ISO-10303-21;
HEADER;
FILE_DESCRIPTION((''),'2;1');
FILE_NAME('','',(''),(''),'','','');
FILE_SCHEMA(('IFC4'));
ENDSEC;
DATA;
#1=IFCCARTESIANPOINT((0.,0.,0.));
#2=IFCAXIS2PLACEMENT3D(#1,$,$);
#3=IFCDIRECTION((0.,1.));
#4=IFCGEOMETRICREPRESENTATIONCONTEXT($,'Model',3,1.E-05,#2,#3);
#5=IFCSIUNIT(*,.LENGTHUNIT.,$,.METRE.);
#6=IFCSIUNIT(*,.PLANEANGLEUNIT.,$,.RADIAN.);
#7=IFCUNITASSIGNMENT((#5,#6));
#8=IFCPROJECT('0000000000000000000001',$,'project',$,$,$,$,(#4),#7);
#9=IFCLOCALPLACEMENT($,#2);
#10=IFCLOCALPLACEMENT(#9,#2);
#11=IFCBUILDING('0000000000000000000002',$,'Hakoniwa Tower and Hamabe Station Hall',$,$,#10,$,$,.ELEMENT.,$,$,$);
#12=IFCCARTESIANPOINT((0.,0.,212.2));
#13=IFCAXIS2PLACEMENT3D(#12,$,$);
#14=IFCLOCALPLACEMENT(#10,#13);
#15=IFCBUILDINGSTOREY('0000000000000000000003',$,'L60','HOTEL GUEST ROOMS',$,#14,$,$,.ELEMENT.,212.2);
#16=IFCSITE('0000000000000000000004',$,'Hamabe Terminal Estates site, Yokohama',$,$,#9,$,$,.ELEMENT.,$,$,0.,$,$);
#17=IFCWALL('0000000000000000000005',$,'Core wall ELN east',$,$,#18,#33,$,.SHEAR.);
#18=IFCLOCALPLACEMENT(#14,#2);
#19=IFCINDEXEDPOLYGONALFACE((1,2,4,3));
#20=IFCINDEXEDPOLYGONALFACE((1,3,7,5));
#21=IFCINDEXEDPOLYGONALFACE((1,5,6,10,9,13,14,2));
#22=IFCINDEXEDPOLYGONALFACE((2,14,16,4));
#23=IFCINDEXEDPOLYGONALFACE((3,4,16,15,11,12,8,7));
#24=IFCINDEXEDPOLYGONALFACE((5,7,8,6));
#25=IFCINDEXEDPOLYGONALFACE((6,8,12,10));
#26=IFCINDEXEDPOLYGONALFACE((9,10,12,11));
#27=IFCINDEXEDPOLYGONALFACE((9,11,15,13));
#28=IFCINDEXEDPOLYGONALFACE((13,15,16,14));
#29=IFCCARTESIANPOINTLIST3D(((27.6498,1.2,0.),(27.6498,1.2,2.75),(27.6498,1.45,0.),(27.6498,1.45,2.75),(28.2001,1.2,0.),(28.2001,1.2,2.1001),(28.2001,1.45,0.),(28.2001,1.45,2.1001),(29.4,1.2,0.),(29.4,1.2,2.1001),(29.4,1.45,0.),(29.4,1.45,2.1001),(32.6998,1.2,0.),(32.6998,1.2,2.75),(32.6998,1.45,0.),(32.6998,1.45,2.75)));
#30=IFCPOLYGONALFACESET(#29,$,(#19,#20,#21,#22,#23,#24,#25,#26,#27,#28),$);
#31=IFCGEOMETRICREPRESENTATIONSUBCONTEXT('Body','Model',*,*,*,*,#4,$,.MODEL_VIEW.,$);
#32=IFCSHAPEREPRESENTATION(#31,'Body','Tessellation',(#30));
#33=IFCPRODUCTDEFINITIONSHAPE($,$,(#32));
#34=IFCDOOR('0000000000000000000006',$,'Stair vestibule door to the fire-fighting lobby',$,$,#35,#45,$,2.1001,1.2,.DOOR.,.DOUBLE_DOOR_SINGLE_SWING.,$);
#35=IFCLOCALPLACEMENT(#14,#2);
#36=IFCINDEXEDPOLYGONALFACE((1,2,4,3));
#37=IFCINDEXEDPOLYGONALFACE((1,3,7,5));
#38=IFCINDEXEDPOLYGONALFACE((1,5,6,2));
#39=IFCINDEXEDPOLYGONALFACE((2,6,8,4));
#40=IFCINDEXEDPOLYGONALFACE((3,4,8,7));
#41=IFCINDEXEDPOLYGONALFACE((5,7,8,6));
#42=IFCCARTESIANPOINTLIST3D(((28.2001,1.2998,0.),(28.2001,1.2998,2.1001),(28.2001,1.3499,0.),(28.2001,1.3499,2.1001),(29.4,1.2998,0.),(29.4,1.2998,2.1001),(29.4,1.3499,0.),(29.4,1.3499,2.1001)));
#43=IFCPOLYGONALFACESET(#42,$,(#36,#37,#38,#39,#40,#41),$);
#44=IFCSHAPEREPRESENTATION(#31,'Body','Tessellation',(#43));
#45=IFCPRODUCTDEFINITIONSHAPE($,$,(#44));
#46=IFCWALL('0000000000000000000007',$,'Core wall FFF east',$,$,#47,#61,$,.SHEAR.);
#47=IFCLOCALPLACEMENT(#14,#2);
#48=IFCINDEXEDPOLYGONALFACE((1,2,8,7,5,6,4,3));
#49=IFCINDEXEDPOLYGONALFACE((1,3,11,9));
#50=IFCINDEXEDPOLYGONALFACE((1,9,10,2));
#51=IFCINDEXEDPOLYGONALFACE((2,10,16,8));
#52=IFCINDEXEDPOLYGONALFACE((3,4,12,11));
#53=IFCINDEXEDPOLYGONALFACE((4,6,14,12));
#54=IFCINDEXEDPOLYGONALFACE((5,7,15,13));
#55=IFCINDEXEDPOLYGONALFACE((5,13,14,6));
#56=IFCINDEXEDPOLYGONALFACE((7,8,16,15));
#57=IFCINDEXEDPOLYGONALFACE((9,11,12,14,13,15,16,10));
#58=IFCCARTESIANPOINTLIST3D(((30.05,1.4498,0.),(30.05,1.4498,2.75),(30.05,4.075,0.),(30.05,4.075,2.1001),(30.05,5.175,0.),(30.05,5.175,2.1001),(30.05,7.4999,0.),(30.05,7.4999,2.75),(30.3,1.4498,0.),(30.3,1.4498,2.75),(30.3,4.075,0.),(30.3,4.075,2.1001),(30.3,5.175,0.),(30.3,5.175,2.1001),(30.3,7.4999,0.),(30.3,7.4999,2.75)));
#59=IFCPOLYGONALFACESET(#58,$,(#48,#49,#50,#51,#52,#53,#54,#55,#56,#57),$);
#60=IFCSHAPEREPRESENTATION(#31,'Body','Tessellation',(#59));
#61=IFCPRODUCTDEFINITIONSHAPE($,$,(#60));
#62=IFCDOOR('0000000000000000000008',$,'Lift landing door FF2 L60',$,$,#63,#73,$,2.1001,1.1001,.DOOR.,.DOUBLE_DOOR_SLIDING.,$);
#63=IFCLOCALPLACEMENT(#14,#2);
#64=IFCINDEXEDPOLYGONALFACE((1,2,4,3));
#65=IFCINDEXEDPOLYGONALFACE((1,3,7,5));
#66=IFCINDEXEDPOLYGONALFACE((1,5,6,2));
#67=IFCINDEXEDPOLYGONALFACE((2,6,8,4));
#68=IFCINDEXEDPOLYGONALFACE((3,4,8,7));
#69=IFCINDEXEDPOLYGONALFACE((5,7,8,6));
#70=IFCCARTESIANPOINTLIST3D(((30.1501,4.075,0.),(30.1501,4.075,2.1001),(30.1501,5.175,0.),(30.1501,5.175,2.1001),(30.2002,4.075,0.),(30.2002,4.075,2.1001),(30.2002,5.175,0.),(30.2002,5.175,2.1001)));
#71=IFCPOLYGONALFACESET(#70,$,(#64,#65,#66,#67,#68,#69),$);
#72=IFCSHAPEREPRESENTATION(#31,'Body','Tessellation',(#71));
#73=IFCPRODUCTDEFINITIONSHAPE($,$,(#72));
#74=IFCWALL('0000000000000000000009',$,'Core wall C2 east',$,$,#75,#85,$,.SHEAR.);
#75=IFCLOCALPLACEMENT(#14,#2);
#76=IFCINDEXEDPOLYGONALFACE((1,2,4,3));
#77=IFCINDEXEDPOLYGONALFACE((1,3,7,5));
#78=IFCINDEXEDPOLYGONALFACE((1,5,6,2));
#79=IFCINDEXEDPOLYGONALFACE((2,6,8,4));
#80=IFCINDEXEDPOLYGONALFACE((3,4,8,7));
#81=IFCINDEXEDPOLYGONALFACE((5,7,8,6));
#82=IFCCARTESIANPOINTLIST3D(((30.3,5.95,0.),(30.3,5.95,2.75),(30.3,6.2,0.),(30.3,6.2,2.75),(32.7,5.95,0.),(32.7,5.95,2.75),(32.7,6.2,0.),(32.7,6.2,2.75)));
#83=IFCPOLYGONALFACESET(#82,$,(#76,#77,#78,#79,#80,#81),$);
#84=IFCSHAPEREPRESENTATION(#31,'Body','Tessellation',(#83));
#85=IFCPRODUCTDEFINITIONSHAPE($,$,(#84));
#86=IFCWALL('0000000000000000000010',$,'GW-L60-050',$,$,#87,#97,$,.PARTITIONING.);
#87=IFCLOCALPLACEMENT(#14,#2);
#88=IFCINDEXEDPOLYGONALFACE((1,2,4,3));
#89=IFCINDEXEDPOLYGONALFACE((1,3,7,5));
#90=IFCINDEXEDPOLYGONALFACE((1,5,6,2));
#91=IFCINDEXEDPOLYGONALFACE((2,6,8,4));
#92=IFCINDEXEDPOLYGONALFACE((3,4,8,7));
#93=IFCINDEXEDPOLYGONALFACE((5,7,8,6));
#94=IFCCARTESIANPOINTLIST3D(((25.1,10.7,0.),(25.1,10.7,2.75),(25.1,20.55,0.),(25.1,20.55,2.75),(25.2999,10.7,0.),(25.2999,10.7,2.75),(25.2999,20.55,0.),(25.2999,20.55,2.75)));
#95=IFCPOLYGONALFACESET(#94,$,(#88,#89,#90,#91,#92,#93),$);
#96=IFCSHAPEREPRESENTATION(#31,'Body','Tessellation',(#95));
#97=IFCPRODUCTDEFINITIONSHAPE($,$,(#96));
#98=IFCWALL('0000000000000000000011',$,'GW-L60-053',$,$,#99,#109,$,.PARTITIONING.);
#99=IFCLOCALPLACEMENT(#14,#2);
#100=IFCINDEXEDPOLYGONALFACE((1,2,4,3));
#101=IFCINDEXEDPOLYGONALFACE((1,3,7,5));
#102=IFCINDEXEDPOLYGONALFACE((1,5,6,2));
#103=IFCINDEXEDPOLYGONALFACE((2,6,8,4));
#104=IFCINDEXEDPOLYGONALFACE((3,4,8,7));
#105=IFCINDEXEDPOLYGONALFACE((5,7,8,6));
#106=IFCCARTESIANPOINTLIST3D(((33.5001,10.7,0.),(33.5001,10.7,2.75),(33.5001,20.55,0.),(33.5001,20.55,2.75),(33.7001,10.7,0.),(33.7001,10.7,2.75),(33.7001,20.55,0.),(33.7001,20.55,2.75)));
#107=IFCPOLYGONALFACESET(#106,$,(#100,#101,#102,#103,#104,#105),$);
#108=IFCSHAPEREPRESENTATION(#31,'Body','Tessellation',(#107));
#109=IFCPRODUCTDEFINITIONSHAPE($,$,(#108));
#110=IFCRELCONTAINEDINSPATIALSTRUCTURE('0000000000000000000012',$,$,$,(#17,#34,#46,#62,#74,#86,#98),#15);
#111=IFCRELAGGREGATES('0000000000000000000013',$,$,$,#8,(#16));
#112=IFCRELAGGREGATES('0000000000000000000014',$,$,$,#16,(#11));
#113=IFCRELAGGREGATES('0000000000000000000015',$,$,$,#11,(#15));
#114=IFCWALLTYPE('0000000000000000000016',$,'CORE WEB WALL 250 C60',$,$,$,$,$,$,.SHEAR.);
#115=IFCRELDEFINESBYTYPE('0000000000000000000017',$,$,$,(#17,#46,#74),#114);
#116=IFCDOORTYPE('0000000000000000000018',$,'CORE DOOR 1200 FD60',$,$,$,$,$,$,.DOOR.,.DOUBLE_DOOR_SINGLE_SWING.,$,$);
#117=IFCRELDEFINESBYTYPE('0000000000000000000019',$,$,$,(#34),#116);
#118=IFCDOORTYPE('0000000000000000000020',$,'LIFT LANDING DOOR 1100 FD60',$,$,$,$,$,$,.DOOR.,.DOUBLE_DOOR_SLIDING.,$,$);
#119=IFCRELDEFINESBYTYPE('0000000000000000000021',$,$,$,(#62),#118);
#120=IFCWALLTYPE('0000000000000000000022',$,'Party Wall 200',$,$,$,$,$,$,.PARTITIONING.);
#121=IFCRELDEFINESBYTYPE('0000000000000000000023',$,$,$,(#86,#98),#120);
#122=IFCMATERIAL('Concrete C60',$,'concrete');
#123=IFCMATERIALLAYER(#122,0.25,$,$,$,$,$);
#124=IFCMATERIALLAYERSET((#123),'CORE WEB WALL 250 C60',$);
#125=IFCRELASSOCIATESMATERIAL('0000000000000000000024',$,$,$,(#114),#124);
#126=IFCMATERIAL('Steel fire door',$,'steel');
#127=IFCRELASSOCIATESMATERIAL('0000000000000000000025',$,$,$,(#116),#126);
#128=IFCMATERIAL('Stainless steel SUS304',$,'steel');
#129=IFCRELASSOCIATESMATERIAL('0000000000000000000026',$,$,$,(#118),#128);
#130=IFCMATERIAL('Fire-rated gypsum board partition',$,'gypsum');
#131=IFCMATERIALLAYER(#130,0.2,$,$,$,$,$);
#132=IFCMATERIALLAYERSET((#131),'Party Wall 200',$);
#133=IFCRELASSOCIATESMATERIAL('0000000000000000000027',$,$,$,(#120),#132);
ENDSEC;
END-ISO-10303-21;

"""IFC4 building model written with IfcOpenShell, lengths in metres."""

from ifc_helpers import new_model, si_unit, direction, frame, frame_2d, origin, place, context, subcontext, project, spatial, rectangle, extrude, material, layer, layer_set, type_object, element, fill, save


model = new_model("IFC4")

# Units and contexts
model_context = context("Model", 3, precision=1e-05, world=origin(), true_north=direction((0.0, 1.0)))
body_context = subcontext(model_context, "Body", "Model", "MODEL_VIEW")
ifc_project = project(units=[si_unit("LENGTHUNIT", "METRE"), si_unit("PLANEANGLEUNIT", "RADIAN")], contexts=[model_context])

# Site, building, storey
site_placement = place(None, origin())
site = spatial("IfcSite", under=ifc_project, at=site_placement, Name="Hamabe Terminal Estates site, Yokohama", CompositionType="ELEMENT", RefElevation=0.0)
building_placement = place(site_placement, origin())
building = spatial("IfcBuilding", under=site, at=building_placement, Name="Hakoniwa Tower and Hamabe Station Hall", CompositionType="ELEMENT")
storey_placement = place(building_placement, frame((0.0, 0.0, 212.2)))
storey = spatial("IfcBuildingStorey", under=building, at=storey_placement, Name="L60", Description="HOTEL GUEST ROOMS", CompositionType="ELEMENT", Elevation=212.2)

# Shared definitions
ifc_material_1 = material(Name="Concrete C60", Category="concrete")
ifc_layer_1 = layer(ifc_material_1, 0.25)
ifc_layer_set_1 = layer_set([ifc_layer_1], Name="CORE WEB WALL 250 C60")
wall_type_1 = type_object("IfcWallType", Name="CORE WEB WALL 250 C60", PredefinedType="SHEAR", material=ifc_layer_set_1)

# Walls, openings, doors
ifc_material_2 = material(Name="Steel fire door", Category="steel")
door_type_1 = type_object("IfcDoorType", Name="CORE DOOR 1200 FD60", OperationType="DOUBLE_DOOR_SINGLE_SWING", PredefinedType="DOOR", material=ifc_material_2)
wall_1_placement = place(storey_placement, frame((27.6499, 1.325, 0.0), z_axis=(0.0, 0.0, 1.0), x_axis=(1.0, 0.0, 0.0)))
wall_1 = element("IfcWall", 1, at=wall_1_placement, inside=storey, type_object=wall_type_1, Name="Core wall ELN east", PredefinedType="SHEAR", context=body_context, shape_type="SweptSolid", body=[
    extrude(rectangle(XDim=5.05, YDim=0.25, at=frame_2d((2.5249, 0.0))), origin(), (0.0, 0.0, 1.0), 2.75),
])
opening_1_placement = place(wall_1_placement, frame((0.55, 0.0, 0.0)))
opening_1 = element("IfcOpeningElement", 2, at=opening_1_placement, cuts=wall_1, PredefinedType="OPENING", context=body_context, shape_type="SweptSolid", body=[
    extrude(rectangle(XDim=1.2, YDim=2.1001, at=frame_2d((0.6001, 1.05))), frame((0.0, 0.135, 0.0), z_axis=(0.0, -1.0, 0.0), x_axis=(1.0, 0.0, 0.0)), (0.0, 0.0, 1.0), 0.27),
])
door_1_placement = place(opening_1_placement, origin())
door_1 = element("IfcDoor", 3, at=door_1_placement, inside=storey, type_object=door_type_1, Name="Stair vestibule door to the fire-fighting lobby", OperationType="DOUBLE_DOOR_SINGLE_SWING", OverallHeight=2.1001, OverallWidth=1.2, PredefinedType="DOOR", context=body_context, shape_type="SweptSolid", body=[
    extrude(rectangle(XDim=1.2, YDim=2.1001, at=frame_2d((0.6001, 1.05))), frame((0.0, 0.0249, 0.0), z_axis=(0.0, -1.0, 0.0), x_axis=(1.0, 0.0, 0.0)), (0.0, 0.0, 1.0), 0.05),
])
fill(opening_1, door_1)
wall_2_placement = place(storey_placement, frame((30.175, 1.45, 0.0), z_axis=(0.0, 0.0, 1.0), x_axis=(0.0, 1.0, 0.0)))
wall_2 = element("IfcWall", 4, at=wall_2_placement, inside=storey, type_object=wall_type_1, Name="Core wall FFF east", PredefinedType="SHEAR", context=body_context, shape_type="SweptSolid", body=[
    extrude(rectangle(XDim=6.05, YDim=0.25, at=frame_2d((3.0249, 0.0))), origin(), (0.0, 0.0, 1.0), 2.75),
])
opening_2_placement = place(wall_2_placement, frame((2.625, 0.0, 0.0)))
opening_2 = element("IfcOpeningElement", 5, at=opening_2_placement, cuts=wall_2, PredefinedType="OPENING", context=body_context, shape_type="SweptSolid", body=[
    extrude(rectangle(XDim=1.1001, YDim=2.1001, at=frame_2d((0.55, 1.05))), frame((0.0, 0.135, 0.0), z_axis=(0.0, -1.0, 0.0), x_axis=(1.0, 0.0, 0.0)), (0.0, 0.0, 1.0), 0.27),
])
ifc_material_3 = material(Name="Stainless steel SUS304", Category="steel")
door_type_2 = type_object("IfcDoorType", Name="LIFT LANDING DOOR 1100 FD60", OperationType="DOUBLE_DOOR_SLIDING", PredefinedType="DOOR", material=ifc_material_3)
door_2_placement = place(opening_2_placement, origin())
door_2 = element("IfcDoor", 6, at=door_2_placement, inside=storey, type_object=door_type_2, Name="Lift landing door FF2 L60", OperationType="DOUBLE_DOOR_SLIDING", OverallHeight=2.1001, OverallWidth=1.1001, PredefinedType="DOOR", context=body_context, shape_type="SweptSolid", body=[
    extrude(rectangle(XDim=1.1001, YDim=2.1001, at=frame_2d((0.55, 1.05))), frame((0.0, 0.0249, 0.0), z_axis=(0.0, -1.0, 0.0), x_axis=(1.0, 0.0, 0.0)), (0.0, 0.0, 1.0), 0.05),
])
fill(opening_2, door_2)

# Walls
wall_3_placement = place(storey_placement, frame((30.3, 6.075, 0.0), z_axis=(0.0, 0.0, 1.0), x_axis=(1.0, 0.0, 0.0)))
element("IfcWall", 7, at=wall_3_placement, inside=storey, type_object=wall_type_1, Name="Core wall C2 east", PredefinedType="SHEAR", context=body_context, shape_type="SweptSolid", body=[
    extrude(rectangle(XDim=2.3999, YDim=0.25, at=frame_2d((1.2, 0.0))), origin(), (0.0, 0.0, 1.0), 2.75),
])
ifc_material_4 = material(Name="Fire-rated gypsum board partition", Category="gypsum")
ifc_layer_2 = layer(ifc_material_4, 0.2)
ifc_layer_set_2 = layer_set([ifc_layer_2], Name="Party Wall 200")
wall_type_2 = type_object("IfcWallType", Name="Party Wall 200", PredefinedType="PARTITIONING", material=ifc_layer_set_2)
for number, where, z_axis, x_axis, name in (
    (8, (25.2, 10.7, 0.0), (0.0, 0.0, 1.0), (0.0, 1.0, 0.0), "GW-L60-050"),
    (9, (33.6001, 10.7, 0.0), (0.0, 0.0, 1.0), (0.0, 1.0, 0.0), "GW-L60-053"),
):
    element("IfcWall", number, at=place(storey_placement, frame(where, z_axis=z_axis, x_axis=x_axis)), inside=storey, type_object=wall_type_2, Name=name, PredefinedType="PARTITIONING", context=body_context, shape_type="SweptSolid", body=[
        extrude(rectangle(XDim=9.8501, YDim=0.2, at=frame_2d((4.925, 0.0))), origin(), (0.0, 0.0, 1.0), 2.75),
    ])

save(model, "model.ifc")
